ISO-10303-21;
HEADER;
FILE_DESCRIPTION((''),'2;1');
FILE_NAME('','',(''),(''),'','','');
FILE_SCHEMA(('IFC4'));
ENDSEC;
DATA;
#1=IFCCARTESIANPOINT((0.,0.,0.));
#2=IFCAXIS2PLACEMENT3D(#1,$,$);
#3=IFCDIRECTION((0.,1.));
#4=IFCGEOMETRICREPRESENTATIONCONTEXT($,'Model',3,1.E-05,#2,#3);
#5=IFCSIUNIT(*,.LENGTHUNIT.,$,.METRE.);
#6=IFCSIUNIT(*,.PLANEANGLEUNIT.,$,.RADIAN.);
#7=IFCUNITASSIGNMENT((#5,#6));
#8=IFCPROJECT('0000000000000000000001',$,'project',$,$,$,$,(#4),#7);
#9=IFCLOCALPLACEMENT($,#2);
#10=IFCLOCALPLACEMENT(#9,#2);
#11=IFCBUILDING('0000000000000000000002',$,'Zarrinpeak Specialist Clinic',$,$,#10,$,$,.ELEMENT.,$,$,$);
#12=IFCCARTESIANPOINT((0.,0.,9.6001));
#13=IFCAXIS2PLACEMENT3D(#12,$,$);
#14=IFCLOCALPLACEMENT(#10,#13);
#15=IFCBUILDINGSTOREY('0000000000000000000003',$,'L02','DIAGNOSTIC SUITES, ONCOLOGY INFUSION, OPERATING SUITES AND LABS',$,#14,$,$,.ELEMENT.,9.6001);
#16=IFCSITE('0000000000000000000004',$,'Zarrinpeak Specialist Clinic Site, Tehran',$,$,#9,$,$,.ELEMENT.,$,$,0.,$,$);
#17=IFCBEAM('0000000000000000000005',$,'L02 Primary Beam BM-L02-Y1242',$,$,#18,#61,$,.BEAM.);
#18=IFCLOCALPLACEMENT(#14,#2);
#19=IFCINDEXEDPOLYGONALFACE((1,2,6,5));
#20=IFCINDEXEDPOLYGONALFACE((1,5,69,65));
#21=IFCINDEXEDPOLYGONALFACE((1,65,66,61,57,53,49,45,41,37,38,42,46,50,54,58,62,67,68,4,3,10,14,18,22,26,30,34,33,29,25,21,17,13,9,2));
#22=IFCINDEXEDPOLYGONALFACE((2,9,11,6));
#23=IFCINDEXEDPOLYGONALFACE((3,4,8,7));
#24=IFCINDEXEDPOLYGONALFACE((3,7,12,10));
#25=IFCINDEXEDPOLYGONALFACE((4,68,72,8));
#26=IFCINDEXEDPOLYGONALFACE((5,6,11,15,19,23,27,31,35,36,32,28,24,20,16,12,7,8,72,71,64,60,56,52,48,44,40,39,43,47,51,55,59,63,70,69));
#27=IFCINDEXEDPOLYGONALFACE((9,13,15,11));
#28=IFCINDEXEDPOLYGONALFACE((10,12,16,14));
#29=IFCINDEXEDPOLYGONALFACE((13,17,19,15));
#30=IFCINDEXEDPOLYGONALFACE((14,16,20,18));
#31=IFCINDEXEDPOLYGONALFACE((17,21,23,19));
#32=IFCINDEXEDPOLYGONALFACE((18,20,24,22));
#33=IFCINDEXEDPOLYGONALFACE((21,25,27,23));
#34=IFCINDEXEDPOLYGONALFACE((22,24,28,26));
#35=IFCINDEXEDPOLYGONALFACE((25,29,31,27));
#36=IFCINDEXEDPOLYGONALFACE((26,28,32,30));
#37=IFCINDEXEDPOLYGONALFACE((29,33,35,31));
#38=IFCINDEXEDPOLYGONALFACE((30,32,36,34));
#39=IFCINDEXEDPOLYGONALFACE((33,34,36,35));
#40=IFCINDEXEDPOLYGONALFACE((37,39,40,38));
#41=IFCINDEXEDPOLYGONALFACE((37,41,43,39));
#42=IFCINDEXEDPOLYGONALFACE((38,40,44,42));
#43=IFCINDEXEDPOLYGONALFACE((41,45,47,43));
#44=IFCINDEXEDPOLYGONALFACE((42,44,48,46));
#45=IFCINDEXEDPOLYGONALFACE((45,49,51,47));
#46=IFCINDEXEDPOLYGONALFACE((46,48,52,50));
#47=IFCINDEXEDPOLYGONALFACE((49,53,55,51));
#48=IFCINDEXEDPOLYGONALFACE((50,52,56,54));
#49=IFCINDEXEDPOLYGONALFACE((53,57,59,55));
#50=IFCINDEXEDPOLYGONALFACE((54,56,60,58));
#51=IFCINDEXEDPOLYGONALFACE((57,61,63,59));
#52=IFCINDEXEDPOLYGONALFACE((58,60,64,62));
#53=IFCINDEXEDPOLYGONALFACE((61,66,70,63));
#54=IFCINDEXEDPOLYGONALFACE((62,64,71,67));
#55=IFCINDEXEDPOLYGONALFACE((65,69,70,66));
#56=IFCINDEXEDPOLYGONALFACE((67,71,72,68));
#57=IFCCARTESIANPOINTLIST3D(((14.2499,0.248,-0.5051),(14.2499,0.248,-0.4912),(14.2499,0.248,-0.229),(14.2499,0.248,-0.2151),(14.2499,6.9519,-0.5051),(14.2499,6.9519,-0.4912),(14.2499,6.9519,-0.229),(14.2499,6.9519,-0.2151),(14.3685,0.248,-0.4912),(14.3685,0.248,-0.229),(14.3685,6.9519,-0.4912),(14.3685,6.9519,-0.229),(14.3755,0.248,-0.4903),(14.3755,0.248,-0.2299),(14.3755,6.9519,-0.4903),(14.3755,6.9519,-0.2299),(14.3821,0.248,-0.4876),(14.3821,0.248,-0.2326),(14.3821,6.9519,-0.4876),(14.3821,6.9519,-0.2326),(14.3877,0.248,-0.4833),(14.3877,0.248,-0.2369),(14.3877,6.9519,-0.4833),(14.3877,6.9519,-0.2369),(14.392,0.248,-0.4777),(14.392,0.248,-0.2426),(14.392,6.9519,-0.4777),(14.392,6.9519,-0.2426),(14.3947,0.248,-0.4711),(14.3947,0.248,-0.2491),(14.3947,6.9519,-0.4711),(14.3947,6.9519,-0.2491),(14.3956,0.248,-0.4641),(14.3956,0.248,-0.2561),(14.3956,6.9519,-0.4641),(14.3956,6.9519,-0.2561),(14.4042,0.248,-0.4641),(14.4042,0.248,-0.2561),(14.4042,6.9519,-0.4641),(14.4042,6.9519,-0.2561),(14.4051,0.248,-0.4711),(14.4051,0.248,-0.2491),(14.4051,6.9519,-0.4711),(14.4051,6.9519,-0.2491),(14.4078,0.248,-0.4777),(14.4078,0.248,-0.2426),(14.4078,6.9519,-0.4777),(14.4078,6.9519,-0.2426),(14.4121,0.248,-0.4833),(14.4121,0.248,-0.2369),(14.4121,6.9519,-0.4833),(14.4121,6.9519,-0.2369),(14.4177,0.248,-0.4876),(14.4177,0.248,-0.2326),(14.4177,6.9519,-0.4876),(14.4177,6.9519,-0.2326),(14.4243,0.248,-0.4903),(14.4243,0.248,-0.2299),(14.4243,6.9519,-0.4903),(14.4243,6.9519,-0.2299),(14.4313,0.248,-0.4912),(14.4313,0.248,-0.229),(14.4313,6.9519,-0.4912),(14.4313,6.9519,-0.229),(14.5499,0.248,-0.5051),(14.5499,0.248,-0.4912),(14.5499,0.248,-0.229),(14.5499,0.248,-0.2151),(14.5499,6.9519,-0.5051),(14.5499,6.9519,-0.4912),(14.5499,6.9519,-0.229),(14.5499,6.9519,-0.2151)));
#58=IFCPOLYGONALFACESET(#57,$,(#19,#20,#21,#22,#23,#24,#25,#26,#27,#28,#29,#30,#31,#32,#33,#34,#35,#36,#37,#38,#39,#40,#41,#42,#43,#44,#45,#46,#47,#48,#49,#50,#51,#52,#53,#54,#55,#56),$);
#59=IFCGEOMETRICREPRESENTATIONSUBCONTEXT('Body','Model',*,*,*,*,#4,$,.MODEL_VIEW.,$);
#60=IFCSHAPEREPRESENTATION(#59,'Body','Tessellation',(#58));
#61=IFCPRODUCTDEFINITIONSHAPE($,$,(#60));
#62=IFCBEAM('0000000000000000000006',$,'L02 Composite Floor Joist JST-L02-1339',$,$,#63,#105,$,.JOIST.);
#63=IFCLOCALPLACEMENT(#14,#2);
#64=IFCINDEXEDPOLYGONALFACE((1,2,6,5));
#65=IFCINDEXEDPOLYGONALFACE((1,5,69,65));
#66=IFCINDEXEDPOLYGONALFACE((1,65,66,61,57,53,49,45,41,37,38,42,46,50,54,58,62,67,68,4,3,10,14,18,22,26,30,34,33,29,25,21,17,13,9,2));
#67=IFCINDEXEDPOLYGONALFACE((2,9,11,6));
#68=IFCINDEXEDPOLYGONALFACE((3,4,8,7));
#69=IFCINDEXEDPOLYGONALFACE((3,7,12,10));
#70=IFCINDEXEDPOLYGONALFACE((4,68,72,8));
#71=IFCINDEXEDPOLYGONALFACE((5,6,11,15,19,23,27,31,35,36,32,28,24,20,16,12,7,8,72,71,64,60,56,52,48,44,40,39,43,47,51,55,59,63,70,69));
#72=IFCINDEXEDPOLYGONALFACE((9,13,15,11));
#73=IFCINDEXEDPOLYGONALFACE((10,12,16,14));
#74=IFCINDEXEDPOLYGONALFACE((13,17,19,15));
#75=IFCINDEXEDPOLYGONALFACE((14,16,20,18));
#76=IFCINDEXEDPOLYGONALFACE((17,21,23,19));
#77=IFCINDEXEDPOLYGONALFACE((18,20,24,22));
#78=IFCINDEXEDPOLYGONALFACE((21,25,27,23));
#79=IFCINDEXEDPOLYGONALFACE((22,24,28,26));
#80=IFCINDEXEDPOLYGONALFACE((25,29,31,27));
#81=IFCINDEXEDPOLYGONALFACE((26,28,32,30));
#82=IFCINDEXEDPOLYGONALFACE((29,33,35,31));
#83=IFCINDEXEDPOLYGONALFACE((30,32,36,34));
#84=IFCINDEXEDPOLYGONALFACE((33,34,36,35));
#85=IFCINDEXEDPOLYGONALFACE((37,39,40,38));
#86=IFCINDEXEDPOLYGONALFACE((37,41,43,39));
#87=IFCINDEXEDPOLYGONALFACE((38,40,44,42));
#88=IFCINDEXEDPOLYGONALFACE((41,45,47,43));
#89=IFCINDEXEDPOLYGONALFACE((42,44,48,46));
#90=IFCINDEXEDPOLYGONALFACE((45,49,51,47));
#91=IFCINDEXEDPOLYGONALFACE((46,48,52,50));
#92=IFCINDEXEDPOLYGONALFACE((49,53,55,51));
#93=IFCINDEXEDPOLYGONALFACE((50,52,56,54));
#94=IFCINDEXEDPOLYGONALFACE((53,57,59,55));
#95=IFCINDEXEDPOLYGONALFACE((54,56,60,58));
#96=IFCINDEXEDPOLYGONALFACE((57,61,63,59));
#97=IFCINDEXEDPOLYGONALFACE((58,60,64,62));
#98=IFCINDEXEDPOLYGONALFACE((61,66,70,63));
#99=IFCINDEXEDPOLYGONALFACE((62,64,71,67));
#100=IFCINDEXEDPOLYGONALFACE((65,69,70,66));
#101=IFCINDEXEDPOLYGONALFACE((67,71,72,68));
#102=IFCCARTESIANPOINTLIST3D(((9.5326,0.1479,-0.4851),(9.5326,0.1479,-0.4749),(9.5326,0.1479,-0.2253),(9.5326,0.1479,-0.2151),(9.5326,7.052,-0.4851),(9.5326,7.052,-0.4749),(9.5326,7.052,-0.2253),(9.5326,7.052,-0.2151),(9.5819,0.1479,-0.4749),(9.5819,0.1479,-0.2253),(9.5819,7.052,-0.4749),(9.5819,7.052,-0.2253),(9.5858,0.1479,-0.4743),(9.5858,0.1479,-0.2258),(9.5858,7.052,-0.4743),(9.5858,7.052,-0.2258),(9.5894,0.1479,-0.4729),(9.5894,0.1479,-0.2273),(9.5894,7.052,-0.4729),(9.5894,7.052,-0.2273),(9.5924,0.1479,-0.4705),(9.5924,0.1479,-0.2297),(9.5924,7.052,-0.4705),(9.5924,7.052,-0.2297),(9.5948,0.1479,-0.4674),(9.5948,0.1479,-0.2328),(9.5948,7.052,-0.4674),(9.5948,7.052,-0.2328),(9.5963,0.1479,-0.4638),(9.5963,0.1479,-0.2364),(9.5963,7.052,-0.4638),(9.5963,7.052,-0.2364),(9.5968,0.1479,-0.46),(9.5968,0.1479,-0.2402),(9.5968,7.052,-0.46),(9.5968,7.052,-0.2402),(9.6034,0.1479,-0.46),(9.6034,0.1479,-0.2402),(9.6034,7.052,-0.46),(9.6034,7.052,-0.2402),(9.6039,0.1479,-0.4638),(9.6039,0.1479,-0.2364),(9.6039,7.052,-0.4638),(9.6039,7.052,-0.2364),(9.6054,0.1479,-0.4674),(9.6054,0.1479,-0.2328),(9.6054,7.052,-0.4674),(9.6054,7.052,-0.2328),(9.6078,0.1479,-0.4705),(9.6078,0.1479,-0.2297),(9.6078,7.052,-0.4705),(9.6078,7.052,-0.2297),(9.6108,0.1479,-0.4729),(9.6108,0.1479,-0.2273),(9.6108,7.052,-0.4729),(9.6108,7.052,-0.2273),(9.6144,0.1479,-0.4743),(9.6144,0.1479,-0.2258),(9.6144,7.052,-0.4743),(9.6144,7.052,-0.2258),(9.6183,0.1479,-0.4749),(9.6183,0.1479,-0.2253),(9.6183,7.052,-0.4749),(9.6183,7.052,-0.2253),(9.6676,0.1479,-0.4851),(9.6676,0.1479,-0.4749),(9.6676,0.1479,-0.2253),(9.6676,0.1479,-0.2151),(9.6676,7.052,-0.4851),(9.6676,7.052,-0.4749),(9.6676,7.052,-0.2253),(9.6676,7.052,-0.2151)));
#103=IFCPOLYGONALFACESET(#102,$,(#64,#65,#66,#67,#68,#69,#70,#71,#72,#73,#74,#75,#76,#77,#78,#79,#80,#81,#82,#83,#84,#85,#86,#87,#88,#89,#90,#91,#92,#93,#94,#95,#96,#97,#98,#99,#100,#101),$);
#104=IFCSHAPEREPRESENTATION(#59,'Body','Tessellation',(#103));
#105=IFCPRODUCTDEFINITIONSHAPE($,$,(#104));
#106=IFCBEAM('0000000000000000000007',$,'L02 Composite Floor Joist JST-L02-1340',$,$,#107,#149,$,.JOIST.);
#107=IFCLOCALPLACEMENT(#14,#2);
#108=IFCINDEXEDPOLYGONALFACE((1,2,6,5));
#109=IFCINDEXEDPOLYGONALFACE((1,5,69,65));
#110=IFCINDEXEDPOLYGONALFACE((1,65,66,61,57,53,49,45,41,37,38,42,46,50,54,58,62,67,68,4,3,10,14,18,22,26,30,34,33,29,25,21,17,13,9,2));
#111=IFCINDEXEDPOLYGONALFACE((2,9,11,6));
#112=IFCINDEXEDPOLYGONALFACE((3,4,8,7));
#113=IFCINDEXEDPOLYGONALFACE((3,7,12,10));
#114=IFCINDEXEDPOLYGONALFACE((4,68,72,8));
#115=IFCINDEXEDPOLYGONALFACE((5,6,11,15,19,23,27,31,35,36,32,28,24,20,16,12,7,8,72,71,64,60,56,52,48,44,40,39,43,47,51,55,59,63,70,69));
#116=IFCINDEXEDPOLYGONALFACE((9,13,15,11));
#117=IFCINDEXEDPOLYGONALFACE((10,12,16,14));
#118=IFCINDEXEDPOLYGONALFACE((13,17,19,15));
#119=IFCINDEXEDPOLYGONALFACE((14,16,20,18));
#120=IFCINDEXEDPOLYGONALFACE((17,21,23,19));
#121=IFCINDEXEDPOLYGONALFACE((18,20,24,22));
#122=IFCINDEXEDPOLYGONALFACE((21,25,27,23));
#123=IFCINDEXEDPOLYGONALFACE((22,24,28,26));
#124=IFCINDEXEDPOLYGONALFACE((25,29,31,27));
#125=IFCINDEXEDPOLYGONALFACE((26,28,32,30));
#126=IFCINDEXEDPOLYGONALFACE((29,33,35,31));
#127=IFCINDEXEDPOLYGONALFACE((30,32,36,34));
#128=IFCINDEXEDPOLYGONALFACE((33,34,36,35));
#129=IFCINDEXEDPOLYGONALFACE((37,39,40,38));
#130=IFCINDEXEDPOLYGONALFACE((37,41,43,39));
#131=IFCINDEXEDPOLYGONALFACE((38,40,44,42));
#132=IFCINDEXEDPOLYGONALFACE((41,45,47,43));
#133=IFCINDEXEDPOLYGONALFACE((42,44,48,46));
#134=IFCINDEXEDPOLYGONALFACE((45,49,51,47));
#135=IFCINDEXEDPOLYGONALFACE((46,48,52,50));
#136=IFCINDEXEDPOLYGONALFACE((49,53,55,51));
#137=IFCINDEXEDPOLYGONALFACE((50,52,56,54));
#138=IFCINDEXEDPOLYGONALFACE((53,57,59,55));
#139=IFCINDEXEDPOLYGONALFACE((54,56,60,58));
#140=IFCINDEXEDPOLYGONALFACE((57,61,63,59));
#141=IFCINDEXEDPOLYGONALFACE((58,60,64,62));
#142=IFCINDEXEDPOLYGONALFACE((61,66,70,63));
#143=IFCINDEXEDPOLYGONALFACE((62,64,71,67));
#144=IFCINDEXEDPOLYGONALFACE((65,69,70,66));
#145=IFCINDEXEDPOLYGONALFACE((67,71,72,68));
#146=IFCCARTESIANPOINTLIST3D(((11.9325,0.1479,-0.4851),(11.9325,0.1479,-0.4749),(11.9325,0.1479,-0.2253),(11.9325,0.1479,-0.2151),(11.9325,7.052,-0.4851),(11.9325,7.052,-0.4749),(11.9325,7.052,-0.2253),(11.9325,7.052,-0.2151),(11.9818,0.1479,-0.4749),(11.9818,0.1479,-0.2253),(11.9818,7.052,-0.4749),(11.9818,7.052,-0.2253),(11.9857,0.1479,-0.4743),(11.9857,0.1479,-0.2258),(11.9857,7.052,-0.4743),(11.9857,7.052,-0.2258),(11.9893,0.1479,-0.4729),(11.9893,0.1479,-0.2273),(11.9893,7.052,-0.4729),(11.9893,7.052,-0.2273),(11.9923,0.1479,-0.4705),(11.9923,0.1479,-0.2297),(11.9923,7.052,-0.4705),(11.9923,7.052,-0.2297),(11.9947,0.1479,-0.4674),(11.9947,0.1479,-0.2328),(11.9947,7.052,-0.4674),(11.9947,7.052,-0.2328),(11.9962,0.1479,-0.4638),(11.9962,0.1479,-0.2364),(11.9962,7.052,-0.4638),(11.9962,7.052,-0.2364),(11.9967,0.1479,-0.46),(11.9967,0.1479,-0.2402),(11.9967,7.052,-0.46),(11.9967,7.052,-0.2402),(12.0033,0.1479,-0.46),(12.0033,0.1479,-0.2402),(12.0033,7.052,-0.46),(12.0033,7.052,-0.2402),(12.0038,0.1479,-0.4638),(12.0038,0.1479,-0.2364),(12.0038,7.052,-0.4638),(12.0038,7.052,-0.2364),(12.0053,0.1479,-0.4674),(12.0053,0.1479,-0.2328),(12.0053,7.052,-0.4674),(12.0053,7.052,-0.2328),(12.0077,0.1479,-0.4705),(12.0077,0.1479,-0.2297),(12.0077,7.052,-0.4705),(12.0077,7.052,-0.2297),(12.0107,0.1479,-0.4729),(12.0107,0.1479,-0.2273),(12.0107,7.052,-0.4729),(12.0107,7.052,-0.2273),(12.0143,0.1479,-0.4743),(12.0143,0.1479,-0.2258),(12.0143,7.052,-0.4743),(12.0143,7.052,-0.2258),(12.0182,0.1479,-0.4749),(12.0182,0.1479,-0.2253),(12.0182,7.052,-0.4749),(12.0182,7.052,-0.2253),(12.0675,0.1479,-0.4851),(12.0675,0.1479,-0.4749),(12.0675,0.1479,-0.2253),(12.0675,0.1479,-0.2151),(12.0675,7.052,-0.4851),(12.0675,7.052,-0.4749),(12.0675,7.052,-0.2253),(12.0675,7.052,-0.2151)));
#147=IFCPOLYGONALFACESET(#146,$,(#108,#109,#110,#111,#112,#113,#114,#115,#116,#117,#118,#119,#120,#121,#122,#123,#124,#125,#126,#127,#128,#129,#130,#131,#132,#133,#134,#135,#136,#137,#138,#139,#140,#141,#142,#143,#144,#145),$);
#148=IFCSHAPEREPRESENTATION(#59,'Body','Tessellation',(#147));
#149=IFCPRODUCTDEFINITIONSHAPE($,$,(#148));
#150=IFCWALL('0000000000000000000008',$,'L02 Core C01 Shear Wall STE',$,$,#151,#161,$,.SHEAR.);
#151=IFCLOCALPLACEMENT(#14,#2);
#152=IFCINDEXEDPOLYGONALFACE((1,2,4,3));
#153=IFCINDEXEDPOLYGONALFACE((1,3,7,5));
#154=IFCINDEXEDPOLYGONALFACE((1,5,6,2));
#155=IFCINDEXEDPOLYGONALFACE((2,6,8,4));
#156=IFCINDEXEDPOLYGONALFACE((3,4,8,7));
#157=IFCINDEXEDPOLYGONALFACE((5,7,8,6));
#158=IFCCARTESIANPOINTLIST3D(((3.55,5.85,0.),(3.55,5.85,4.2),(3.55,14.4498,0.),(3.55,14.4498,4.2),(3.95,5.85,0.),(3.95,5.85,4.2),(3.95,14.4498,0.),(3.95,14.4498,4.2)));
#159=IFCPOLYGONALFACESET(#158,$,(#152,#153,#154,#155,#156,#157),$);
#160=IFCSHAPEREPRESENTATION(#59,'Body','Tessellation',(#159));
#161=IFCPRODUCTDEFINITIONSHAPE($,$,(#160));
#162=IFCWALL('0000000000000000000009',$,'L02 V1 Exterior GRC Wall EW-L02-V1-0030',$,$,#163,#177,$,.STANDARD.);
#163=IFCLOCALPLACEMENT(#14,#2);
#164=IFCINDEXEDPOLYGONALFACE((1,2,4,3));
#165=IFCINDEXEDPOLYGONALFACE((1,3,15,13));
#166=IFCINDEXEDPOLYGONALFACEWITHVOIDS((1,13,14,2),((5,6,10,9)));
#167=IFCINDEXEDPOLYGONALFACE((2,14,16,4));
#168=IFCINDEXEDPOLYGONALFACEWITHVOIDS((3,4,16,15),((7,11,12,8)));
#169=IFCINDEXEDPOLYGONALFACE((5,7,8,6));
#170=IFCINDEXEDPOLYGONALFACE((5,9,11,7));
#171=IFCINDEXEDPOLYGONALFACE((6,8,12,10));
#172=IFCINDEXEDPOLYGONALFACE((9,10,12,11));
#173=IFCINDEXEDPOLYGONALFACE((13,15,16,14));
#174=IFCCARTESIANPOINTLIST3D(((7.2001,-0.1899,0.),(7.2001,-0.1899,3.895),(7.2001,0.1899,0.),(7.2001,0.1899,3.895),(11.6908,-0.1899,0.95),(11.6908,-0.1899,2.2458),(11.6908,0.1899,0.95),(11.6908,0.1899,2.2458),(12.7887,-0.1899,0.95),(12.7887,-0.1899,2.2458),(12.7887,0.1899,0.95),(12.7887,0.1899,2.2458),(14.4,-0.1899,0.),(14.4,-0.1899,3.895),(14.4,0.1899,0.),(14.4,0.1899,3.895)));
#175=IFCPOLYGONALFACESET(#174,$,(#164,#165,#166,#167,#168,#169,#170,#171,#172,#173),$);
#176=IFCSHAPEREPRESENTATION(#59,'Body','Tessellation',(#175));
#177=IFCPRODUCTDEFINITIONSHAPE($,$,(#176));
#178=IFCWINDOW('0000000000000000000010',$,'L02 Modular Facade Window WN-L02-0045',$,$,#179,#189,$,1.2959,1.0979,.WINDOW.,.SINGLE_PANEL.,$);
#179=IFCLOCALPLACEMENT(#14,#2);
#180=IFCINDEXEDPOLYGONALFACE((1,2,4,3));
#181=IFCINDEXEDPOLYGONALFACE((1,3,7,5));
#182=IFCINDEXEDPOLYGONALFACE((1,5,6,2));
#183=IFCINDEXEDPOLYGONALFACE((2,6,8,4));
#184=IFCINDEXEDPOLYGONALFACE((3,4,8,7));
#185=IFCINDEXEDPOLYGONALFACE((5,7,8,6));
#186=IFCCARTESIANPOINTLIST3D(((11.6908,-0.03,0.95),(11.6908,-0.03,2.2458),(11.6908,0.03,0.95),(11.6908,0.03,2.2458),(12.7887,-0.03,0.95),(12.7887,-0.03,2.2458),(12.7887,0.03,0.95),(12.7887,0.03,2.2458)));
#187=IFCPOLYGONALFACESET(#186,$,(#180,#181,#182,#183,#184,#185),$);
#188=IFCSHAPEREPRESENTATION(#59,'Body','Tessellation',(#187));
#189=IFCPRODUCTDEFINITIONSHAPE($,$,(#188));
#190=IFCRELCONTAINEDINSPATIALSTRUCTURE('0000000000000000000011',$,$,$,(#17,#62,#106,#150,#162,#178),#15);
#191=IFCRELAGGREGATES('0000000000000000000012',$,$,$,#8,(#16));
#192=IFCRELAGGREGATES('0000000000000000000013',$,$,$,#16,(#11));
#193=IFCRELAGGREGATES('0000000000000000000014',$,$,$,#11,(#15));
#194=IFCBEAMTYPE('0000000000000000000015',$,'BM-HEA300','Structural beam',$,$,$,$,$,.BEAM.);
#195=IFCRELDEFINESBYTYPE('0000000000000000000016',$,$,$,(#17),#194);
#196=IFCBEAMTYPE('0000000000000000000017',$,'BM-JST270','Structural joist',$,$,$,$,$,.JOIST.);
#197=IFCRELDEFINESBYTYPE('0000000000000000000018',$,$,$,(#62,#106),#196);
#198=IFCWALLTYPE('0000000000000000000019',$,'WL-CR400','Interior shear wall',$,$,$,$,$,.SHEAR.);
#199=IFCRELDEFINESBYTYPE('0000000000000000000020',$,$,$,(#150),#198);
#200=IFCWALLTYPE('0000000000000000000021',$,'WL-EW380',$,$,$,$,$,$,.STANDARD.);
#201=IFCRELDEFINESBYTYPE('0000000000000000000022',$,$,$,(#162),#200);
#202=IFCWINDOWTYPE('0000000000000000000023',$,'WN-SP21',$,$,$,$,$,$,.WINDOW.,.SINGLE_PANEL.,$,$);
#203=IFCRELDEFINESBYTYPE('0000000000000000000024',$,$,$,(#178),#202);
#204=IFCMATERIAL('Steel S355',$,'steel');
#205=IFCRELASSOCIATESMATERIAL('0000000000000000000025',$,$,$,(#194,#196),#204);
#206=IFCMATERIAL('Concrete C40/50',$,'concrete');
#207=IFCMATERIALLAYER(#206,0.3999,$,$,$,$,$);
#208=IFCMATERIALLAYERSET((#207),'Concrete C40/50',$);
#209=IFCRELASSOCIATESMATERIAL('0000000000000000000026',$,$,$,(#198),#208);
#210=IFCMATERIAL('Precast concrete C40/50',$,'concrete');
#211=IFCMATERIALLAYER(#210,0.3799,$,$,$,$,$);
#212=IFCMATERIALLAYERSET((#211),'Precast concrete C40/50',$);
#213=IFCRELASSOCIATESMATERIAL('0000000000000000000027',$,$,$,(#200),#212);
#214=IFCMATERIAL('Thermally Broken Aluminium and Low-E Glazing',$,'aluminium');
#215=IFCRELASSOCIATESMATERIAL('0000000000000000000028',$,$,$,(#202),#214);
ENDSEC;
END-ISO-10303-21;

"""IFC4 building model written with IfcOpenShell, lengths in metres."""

from ifc_helpers import new_model, si_unit, direction, frame, frame_2d, origin, origin_2d, place, context, subcontext, project, spatial, rectangle, i_section, extrude, material, layer, layer_set, material_profile, profile_set, type_object, element, fill, save


model = new_model("IFC4")

# Units and contexts
model_context = context("Model", 3, precision=1e-05, world=origin(), true_north=direction((0.0, 1.0)))
body_context = subcontext(model_context, "Body", "Model", "MODEL_VIEW")
ifc_project = project(units=[si_unit("LENGTHUNIT", "METRE"), si_unit("PLANEANGLEUNIT", "RADIAN")], contexts=[model_context])

# Site, building, storey
site_placement = place(None, origin())
site = spatial("IfcSite", under=ifc_project, at=site_placement, Name="Zarrinpeak Specialist Clinic Site, Tehran", CompositionType="ELEMENT", RefElevation=0.0)
building_placement = place(site_placement, origin())
building = spatial("IfcBuilding", under=site, at=building_placement, Name="Zarrinpeak Specialist Clinic", CompositionType="ELEMENT")
storey_placement = place(building_placement, frame((0.0, 0.0, 9.6001)))
storey = spatial("IfcBuildingStorey", under=building, at=storey_placement, Name="L02", Description="DIAGNOSTIC SUITES, ONCOLOGY INFUSION, OPERATING SUITES AND LABS", CompositionType="ELEMENT", Elevation=9.6001)

# Shared definitions
ifc_material_1 = material(Name="Steel S355", Category="steel")

# Beams
ifc_material_profile_1 = material_profile(ifc_material_1, i_section(OverallWidth=0.3, OverallDepth=0.29, WebThickness=0.0085, FlangeThickness=0.0139, FilletRadius=0.0271, at=origin_2d()), Name="HEA 300")
ifc_profile_set_1 = profile_set([ifc_material_profile_1], Name="Steel S355")
beam_type_1 = type_object("IfcBeamType", Name="BM-HEA300", Description="Structural beam", PredefinedType="BEAM", material=ifc_profile_set_1)
for number, where, z_axis, x_axis, name in (
    (1, (14.3999, 0.248, -0.3601), (0.0, 1.0, 0.0), (-1.0, 0.0, 0.0), "L02 Primary Beam BM-L02-Y1242"),
):
    element("IfcBeam", number, at=place(storey_placement, frame(where, z_axis=z_axis, x_axis=x_axis)), inside=storey, type_object=beam_type_1, Name=name, PredefinedType="BEAM", context=body_context, shape_type="SweptSolid", body=[
        extrude(i_section(OverallWidth=0.3, OverallDepth=0.29, WebThickness=0.0085, FlangeThickness=0.0139, FilletRadius=0.0271, at=origin_2d()), origin(), (0.0, 0.0, 1.0), 6.7039),
    ])
ifc_material_profile_2 = material_profile(ifc_material_1, i_section(OverallWidth=0.135, OverallDepth=0.27, WebThickness=0.0066, FlangeThickness=0.0103, FilletRadius=0.0149, at=origin_2d()), Name="IPE 270")
ifc_profile_set_2 = profile_set([ifc_material_profile_2], Name="Steel S355")
beam_type_2 = type_object("IfcBeamType", Name="BM-JST270", Description="Structural joist", PredefinedType="JOIST", material=ifc_profile_set_2)
for number, where, z_axis, x_axis, name in (
    (2, (9.6001, 0.1479, -0.3501), (0.0, 1.0, 0.0), (-1.0, 0.0, 0.0), "L02 Composite Floor Joist JST-L02-1339"),
    (3, (12.0, 0.1479, -0.3501), (0.0, 1.0, 0.0), (-1.0, 0.0, 0.0), "L02 Composite Floor Joist JST-L02-1340"),
):
    element("IfcBeam", number, at=place(storey_placement, frame(where, z_axis=z_axis, x_axis=x_axis)), inside=storey, type_object=beam_type_2, Name=name, PredefinedType="JOIST", context=body_context, shape_type="SweptSolid", body=[
        extrude(i_section(OverallWidth=0.135, OverallDepth=0.27, WebThickness=0.0066, FlangeThickness=0.0103, FilletRadius=0.0149, at=origin_2d()), origin(), (0.0, 0.0, 1.0), 6.9041),
    ])

# Wall
ifc_material_2 = material(Name="Concrete C40/50", Category="concrete")
ifc_layer_1 = layer(ifc_material_2, 0.3999)
ifc_layer_set_1 = layer_set([ifc_layer_1], Name="Concrete C40/50")
wall_type_1 = type_object("IfcWallType", Name="WL-CR400", Description="Interior shear wall", PredefinedType="SHEAR", material=ifc_layer_set_1)
wall_1_placement = place(storey_placement, frame((3.75, 5.8501, 0.0), z_axis=(0.0, 0.0, 1.0), x_axis=(0.0, 1.0, 0.0)))
element("IfcWall", 4, at=wall_1_placement, inside=storey, type_object=wall_type_1, Name="L02 Core C01 Shear Wall STE", PredefinedType="SHEAR", context=body_context, shape_type="SweptSolid", body=[
    extrude(rectangle(XDim=8.5999, YDim=0.3999, at=frame_2d((4.2998, 0.0))), origin(), (0.0, 0.0, 1.0), 4.2),
])

# Wall, opening, window
ifc_material_3 = material(Name="Precast concrete C40/50", Category="concrete")
ifc_layer_2 = layer(ifc_material_3, 0.3799)
ifc_layer_set_2 = layer_set([ifc_layer_2], Name="Precast concrete C40/50")
wall_type_2 = type_object("IfcWallType", Name="WL-EW380", PredefinedType="STANDARD", material=ifc_layer_set_2)
wall_2_placement = place(storey_placement, frame((7.2, 0.0, 0.0), z_axis=(0.0, 0.0, 1.0), x_axis=(1.0, 0.0, 0.0)))
wall_2 = element("IfcWall", 5, at=wall_2_placement, inside=storey, type_object=wall_type_2, Name="L02 V1 Exterior GRC Wall EW-L02-V1-0030", PredefinedType="STANDARD", context=body_context, shape_type="SweptSolid", body=[
    extrude(rectangle(XDim=7.2, YDim=0.3799, at=frame_2d((3.6001, 0.0))), origin(), (0.0, 0.0, 1.0), 3.895),
])
opening_1_placement = place(wall_2_placement, frame((4.491, 0.0, 0.95)))
opening_1 = element("IfcOpeningElement", 6, at=opening_1_placement, cuts=wall_2, PredefinedType="OPENING", context=body_context, shape_type="SweptSolid", body=[
    extrude(rectangle(XDim=1.0979, YDim=1.2959, at=frame_2d((0.5488, 0.6479))), frame((0.0, 0.2, 0.0), z_axis=(0.0, -1.0, 0.0), x_axis=(1.0, 0.0, 0.0)), (0.0, 0.0, 1.0), 0.3999),
])
ifc_material_4 = material(Name="Thermally Broken Aluminium and Low-E Glazing", Category="aluminium")
window_type_1 = type_object("IfcWindowType", Name="WN-SP21", PartitioningType="SINGLE_PANEL", PredefinedType="WINDOW", material=ifc_material_4)
window_1_placement = place(opening_1_placement, origin())
window_1 = element("IfcWindow", 7, at=window_1_placement, inside=storey, type_object=window_type_1, Name="L02 Modular Facade Window WN-L02-0045", OverallHeight=1.2959, OverallWidth=1.0979, PartitioningType="SINGLE_PANEL", PredefinedType="WINDOW", context=body_context, shape_type="SweptSolid", body=[
    extrude(rectangle(XDim=1.0979, YDim=1.2959, at=frame_2d((0.5488, 0.6479))), frame((0.0, 0.03, 0.0), z_axis=(0.0, -1.0, 0.0), x_axis=(1.0, 0.0, 0.0)), (0.0, 0.0, 1.0), 0.0601),
])
fill(opening_1, window_1)

save(model, "model.ifc")
